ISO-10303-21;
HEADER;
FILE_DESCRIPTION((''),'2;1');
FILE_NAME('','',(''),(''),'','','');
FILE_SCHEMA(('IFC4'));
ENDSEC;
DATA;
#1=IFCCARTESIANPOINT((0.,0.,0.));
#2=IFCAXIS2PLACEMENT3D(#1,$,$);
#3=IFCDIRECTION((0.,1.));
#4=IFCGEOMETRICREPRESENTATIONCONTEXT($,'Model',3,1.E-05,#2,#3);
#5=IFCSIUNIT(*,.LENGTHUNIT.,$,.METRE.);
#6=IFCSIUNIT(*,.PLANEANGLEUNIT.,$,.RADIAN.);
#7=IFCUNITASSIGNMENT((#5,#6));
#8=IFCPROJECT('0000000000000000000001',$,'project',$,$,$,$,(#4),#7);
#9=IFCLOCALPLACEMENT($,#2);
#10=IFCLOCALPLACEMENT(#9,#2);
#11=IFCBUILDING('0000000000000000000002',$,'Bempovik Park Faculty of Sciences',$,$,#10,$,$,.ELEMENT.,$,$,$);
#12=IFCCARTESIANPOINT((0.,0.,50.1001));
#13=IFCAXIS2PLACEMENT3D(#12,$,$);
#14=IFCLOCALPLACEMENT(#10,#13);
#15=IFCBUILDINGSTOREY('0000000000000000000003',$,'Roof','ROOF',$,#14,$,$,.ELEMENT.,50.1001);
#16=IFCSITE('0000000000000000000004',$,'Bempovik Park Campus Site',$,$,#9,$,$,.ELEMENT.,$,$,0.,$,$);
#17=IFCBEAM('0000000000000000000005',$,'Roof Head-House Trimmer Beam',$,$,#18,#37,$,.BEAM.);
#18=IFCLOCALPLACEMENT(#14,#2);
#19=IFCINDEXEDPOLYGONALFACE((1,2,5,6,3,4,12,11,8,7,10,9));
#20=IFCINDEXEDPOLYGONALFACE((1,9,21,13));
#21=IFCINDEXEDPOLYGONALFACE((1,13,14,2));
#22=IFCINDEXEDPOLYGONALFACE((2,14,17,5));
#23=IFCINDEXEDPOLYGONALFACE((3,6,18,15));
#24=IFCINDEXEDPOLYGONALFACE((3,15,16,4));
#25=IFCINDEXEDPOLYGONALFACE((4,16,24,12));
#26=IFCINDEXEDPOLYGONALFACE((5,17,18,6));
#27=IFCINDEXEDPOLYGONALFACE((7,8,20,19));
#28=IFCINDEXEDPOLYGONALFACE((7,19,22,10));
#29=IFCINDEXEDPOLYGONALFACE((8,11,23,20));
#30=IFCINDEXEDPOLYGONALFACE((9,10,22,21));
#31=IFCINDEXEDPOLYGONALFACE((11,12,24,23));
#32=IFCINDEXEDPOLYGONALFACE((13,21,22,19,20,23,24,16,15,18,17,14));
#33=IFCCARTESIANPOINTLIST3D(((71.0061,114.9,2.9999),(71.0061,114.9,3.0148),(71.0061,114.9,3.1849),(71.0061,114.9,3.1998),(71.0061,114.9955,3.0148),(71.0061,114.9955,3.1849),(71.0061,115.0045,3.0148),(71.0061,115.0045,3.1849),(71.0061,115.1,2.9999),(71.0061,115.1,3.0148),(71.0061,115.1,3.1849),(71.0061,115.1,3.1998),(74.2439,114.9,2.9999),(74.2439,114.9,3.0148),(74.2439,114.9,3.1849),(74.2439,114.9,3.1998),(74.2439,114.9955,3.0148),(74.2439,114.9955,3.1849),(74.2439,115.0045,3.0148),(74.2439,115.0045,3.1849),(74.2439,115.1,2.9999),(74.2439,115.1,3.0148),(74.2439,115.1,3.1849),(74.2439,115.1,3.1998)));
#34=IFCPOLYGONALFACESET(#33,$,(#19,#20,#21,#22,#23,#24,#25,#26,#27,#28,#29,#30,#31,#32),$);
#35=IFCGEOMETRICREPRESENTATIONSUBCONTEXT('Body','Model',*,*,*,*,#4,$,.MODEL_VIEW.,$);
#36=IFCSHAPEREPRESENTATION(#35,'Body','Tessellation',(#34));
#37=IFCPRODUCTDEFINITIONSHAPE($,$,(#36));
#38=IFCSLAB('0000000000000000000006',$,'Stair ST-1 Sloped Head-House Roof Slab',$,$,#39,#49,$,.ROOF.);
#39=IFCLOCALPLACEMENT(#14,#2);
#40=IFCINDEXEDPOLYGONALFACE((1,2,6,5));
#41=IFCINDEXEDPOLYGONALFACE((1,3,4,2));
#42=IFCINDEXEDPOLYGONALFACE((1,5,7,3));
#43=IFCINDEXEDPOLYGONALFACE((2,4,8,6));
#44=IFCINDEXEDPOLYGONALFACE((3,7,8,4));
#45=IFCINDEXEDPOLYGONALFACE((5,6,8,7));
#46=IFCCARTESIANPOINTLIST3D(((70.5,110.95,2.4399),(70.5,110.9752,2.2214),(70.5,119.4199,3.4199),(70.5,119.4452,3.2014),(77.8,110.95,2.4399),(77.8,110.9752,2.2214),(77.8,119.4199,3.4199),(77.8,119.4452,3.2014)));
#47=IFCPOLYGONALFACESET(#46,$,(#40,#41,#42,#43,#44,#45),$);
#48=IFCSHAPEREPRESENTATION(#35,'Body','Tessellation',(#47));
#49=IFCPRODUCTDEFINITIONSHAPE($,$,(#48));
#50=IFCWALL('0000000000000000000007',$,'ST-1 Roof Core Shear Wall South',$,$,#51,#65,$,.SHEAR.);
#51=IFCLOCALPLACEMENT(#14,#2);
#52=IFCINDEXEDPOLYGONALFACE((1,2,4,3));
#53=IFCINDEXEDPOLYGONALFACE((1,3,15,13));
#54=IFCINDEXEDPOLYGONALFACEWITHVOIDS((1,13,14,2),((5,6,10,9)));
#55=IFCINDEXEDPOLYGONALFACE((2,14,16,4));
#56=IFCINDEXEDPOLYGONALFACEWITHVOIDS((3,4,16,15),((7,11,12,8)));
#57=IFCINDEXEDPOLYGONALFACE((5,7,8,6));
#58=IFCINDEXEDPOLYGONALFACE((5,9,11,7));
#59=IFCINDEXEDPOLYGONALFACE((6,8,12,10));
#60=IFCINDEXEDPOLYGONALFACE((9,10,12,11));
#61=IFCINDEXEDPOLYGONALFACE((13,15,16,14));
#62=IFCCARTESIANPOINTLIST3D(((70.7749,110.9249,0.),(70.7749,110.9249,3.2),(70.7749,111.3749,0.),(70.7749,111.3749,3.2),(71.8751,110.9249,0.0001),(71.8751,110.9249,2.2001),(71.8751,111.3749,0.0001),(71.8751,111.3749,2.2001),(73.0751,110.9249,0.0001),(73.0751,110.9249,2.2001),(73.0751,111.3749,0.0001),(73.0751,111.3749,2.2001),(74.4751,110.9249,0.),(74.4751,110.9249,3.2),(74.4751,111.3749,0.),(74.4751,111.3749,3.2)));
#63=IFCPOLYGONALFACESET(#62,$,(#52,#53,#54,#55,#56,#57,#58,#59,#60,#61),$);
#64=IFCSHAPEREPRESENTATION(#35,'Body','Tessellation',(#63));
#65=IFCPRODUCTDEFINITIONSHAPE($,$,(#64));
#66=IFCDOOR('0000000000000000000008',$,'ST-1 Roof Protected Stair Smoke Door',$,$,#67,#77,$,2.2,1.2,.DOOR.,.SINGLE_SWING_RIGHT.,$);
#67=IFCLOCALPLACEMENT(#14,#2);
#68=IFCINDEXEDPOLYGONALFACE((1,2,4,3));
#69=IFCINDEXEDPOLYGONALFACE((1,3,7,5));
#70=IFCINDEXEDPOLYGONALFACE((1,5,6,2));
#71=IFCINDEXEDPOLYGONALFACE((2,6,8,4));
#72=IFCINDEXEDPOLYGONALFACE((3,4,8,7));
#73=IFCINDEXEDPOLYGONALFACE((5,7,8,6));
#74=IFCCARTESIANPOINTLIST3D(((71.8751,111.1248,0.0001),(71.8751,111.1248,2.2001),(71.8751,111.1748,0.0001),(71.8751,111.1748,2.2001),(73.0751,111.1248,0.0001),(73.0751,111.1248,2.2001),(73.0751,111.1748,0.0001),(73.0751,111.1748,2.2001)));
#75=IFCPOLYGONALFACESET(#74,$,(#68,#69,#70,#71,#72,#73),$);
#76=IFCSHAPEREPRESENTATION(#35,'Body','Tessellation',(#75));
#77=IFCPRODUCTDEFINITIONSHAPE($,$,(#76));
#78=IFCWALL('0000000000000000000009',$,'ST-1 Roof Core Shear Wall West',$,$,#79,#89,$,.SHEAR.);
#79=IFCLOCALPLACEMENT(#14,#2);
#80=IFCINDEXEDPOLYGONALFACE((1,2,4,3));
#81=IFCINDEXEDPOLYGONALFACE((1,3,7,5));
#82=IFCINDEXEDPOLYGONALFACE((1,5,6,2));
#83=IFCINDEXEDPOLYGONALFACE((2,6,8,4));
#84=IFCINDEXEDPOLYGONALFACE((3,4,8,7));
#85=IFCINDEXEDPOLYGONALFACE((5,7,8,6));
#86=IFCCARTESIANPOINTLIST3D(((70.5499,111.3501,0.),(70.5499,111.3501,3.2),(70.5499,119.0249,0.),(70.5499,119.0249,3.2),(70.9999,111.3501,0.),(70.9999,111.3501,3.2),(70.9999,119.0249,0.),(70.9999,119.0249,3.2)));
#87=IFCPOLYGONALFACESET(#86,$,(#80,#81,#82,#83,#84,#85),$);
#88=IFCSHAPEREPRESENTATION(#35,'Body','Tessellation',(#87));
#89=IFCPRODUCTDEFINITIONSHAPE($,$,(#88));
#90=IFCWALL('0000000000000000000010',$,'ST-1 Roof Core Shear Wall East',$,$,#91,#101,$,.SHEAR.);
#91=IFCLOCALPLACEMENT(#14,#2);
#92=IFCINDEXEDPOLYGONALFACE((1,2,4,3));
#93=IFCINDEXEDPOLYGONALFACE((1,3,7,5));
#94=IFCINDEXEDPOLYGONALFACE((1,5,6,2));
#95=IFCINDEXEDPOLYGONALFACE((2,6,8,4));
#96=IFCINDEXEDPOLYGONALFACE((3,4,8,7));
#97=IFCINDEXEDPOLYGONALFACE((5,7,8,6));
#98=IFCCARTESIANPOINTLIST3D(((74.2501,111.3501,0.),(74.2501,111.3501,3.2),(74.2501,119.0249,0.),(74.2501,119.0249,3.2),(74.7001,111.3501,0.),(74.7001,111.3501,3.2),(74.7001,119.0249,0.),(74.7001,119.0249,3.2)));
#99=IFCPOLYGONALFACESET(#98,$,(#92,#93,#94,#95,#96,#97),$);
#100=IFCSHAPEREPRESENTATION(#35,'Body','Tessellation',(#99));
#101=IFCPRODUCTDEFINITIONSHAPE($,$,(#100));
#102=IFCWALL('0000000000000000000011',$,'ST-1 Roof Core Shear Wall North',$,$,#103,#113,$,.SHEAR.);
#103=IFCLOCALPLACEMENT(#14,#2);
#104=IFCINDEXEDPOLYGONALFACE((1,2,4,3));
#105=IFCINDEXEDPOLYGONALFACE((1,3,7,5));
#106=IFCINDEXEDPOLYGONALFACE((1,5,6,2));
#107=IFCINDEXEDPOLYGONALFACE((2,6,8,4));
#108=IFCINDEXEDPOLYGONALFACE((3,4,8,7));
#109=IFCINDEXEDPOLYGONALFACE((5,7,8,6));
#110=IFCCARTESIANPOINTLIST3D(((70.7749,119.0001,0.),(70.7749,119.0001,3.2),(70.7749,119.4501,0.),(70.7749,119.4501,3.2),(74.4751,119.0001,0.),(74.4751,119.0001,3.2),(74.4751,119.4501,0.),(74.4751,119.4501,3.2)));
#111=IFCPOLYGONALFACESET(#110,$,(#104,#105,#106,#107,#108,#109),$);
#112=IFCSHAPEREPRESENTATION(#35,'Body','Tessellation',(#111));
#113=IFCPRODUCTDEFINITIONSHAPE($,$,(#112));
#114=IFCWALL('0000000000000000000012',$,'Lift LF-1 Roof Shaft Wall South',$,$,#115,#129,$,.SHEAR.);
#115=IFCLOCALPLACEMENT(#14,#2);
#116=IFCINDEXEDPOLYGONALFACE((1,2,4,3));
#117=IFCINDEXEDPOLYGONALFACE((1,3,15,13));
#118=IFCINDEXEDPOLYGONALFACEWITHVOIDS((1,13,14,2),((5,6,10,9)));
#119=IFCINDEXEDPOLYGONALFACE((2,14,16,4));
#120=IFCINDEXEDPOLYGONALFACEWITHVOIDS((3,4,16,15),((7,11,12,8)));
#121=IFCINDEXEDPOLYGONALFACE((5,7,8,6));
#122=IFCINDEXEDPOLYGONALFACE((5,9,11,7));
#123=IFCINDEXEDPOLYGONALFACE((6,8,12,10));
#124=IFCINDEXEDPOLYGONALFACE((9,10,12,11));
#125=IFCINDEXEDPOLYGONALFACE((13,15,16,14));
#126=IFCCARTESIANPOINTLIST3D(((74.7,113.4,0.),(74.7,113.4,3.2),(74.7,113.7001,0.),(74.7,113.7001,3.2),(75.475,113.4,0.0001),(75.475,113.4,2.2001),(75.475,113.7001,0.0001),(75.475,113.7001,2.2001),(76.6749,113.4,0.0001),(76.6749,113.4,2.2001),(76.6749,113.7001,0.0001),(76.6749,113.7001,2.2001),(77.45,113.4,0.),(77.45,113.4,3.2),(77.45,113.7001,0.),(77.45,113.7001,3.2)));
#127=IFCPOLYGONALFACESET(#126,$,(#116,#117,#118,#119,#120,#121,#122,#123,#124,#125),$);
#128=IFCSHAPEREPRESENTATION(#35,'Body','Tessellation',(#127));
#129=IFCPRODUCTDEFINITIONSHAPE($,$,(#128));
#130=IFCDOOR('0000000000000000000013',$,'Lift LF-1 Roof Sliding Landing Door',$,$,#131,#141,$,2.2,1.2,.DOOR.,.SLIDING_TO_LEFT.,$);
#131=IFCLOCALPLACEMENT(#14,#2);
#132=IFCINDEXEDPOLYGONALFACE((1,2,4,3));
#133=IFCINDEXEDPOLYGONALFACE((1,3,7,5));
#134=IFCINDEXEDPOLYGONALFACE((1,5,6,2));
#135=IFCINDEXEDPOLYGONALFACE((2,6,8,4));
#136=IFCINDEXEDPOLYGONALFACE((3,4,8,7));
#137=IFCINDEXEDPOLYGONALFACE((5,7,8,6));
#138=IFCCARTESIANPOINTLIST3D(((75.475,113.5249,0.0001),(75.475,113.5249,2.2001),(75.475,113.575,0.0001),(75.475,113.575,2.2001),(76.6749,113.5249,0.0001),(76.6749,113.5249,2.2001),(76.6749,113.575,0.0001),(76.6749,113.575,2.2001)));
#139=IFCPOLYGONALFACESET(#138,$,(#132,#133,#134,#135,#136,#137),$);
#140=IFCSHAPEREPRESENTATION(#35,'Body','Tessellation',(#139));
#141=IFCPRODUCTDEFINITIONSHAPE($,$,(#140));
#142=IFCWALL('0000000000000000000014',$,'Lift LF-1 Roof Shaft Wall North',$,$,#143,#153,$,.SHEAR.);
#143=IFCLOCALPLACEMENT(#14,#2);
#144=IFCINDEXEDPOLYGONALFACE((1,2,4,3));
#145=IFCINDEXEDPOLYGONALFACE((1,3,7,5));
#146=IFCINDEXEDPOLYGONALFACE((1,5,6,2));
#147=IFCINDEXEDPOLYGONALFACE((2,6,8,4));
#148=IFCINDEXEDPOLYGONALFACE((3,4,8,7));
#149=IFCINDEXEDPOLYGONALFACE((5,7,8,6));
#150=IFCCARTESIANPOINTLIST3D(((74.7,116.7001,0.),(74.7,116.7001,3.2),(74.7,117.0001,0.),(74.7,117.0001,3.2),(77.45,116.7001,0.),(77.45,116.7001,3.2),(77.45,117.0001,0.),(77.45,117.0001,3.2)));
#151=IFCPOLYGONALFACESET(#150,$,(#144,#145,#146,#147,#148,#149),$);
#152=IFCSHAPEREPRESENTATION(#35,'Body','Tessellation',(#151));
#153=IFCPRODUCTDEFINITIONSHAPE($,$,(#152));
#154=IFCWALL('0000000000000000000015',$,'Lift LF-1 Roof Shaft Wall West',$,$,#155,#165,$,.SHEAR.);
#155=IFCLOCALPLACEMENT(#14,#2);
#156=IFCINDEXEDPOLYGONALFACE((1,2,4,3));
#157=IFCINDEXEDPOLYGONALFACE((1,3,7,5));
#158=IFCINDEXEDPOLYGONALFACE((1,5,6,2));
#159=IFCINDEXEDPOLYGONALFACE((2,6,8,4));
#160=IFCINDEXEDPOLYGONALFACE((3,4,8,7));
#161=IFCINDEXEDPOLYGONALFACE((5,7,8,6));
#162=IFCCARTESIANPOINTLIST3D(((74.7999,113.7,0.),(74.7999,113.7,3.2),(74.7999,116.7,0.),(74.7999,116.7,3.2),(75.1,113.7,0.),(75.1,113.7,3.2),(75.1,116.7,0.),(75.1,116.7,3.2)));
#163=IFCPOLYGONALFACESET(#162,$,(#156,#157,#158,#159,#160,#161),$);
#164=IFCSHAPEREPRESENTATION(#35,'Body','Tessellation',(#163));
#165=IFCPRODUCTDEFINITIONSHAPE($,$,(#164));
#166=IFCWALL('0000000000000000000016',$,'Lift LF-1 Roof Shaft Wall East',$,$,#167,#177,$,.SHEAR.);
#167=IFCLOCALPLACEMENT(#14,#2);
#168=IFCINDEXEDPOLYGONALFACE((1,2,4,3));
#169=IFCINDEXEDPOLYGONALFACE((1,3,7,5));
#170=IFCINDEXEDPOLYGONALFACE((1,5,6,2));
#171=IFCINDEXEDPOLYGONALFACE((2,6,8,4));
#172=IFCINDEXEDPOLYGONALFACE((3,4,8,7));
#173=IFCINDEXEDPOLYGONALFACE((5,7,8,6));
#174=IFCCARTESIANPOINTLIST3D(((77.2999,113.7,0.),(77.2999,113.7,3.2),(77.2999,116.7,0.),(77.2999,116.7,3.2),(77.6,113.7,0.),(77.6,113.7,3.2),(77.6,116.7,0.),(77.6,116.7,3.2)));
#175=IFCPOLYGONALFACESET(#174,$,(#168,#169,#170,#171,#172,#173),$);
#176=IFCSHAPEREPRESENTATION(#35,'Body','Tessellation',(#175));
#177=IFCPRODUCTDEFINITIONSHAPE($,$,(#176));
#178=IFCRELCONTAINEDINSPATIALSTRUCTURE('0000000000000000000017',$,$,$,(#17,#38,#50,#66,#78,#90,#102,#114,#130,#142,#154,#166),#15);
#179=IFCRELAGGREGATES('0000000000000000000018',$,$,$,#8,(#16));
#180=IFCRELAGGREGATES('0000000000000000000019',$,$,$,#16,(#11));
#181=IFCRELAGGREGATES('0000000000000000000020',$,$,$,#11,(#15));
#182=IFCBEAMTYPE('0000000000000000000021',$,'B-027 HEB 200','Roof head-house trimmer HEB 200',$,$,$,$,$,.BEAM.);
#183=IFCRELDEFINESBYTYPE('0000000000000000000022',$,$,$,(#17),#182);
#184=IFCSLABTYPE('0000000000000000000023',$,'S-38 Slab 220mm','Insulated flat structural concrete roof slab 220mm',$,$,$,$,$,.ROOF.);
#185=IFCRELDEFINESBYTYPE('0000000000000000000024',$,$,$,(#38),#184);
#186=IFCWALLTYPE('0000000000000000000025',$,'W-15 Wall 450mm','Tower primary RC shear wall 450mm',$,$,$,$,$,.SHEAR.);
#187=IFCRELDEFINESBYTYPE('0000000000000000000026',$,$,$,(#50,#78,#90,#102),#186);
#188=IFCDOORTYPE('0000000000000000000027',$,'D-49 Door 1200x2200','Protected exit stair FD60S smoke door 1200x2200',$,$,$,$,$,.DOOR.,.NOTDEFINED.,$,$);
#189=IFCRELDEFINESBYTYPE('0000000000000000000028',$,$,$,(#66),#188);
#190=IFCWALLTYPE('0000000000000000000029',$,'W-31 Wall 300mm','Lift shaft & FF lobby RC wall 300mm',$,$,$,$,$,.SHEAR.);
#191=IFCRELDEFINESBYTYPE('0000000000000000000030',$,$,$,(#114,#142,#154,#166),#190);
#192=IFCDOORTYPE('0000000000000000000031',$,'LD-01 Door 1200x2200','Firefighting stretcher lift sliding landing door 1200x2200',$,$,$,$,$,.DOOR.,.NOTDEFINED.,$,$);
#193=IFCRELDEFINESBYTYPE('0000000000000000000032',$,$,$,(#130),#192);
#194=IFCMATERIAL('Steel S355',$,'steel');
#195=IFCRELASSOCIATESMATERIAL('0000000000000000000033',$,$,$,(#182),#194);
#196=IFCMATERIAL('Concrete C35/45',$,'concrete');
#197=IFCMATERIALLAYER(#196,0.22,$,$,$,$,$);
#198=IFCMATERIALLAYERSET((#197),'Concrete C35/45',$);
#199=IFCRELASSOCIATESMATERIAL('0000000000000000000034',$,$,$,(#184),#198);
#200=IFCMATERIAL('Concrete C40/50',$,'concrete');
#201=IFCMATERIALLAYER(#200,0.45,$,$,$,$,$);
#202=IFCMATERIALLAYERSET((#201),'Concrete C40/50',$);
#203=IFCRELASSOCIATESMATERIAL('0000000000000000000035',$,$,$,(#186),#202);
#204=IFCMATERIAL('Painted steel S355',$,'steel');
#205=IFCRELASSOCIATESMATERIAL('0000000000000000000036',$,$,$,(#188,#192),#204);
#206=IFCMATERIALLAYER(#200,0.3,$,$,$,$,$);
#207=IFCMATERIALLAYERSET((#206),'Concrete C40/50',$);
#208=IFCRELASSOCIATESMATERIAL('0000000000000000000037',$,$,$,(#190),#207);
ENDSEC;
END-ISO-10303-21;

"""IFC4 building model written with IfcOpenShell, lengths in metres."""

from ifc_helpers import new_model, si_unit, direction, frame, frame_2d, origin, origin_2d, place, context, subcontext, project, spatial, polyline, rectangle, i_section, outline, extrude, material, layer, layer_set, material_profile, profile_set, type_object, element, fill, save


model = new_model("IFC4")

# Units and contexts
model_context = context("Model", 3, precision=1e-05, world=origin(), true_north=direction((0.0, 1.0)))
body_context = subcontext(model_context, "Body", "Model", "MODEL_VIEW")
ifc_project = project(units=[si_unit("LENGTHUNIT", "METRE"), si_unit("PLANEANGLEUNIT", "RADIAN")], contexts=[model_context])

# Site, building, storey
site_placement = place(None, origin())
site = spatial("IfcSite", under=ifc_project, at=site_placement, Name="Bempovik Park Campus Site", CompositionType="ELEMENT", RefElevation=0.0)
building_placement = place(site_placement, origin())
building = spatial("IfcBuilding", under=site, at=building_placement, Name="Bempovik Park Faculty of Sciences", CompositionType="ELEMENT")
storey_placement = place(building_placement, frame((0.0, 0.0, 50.1001)))
storey = spatial("IfcBuildingStorey", under=building, at=storey_placement, Name="Roof", Description="ROOF", CompositionType="ELEMENT", Elevation=50.1001)

# Beam
ifc_material_1 = material(Name="Steel S355", Category="steel")
ifc_material_profile = material_profile(ifc_material_1, i_section(OverallWidth=0.2, OverallDepth=0.2, WebThickness=0.009, FlangeThickness=0.0149, at=origin_2d()), Name="HEB 200")
ifc_profile_set = profile_set([ifc_material_profile], Name="Steel S355")
beam_type = type_object("IfcBeamType", Name="B-027 HEB 200", Description="Roof head-house trimmer HEB 200", PredefinedType="BEAM", material=ifc_profile_set)
beam_placement = place(storey_placement, frame((71.0061, 115.0, 3.0999), z_axis=(1.0, 0.0, 0.0), x_axis=(0.0, 1.0, 0.0)))
element("IfcBeam", 1, at=beam_placement, inside=storey, type_object=beam_type, Name="Roof Head-House Trimmer Beam", PredefinedType="BEAM", context=body_context, shape_type="SweptSolid", body=[
    extrude(i_section(OverallWidth=0.2, OverallDepth=0.2, WebThickness=0.009, FlangeThickness=0.0149, at=origin_2d()), origin(), (0.0, 0.0, 1.0), 3.2378),
])

# Slab
ifc_material_2 = material(Name="Concrete C35/45", Category="concrete")
ifc_layer_1 = layer(ifc_material_2, 0.22)
ifc_layer_set_1 = layer_set([ifc_layer_1], Name="Concrete C35/45")
slab_type = type_object("IfcSlabType", Name="S-38 Slab 220mm", Description="Insulated flat structural concrete roof slab 220mm", PredefinedType="ROOF", material=ifc_layer_set_1)
slab_placement = place(storey_placement, frame((70.5, 110.95, 2.4399), z_axis=(0.0, -0.114934, 0.993373), x_axis=(1.0, 0.0, 0.0)))
element("IfcSlab", 2, at=slab_placement, inside=storey, type_object=slab_type, Name="Stair ST-1 Sloped Head-House Roof Slab", PredefinedType="ROOF", context=body_context, shape_type="SweptSolid", body=[
    extrude(outline(polyline([(0.0, 0.0), (7.3, 0.0), (7.3, 8.5265), (0.0, 8.5265), (0.0, 0.0)])), origin(), (0.0, 0.0, -1.0), 0.22),
])

# Wall, opening, door
ifc_material_3 = material(Name="Concrete C40/50", Category="concrete")
ifc_layer_2 = layer(ifc_material_3, 0.45)
ifc_layer_set_2 = layer_set([ifc_layer_2], Name="Concrete C40/50")
wall_type_1 = type_object("IfcWallType", Name="W-15 Wall 450mm", Description="Tower primary RC shear wall 450mm", PredefinedType="SHEAR", material=ifc_layer_set_2)
wall_1_placement = place(storey_placement, frame((70.7749, 111.1499, 0.0), z_axis=(0.0, 0.0, 1.0), x_axis=(1.0, 0.0, 0.0)))
wall_1 = element("IfcWall", 3, at=wall_1_placement, inside=storey, type_object=wall_type_1, Name="ST-1 Roof Core Shear Wall South", PredefinedType="SHEAR", context=body_context, shape_type="SweptSolid", body=[
    extrude(rectangle(XDim=3.7002, YDim=0.45, at=frame_2d((1.8501, 0.0))), origin(), (0.0, 0.0, 1.0), 3.2),
])
opening_1_placement = place(wall_1_placement, frame((1.1001, 0.0, 0.0)))
opening_1 = element("IfcOpeningElement", 4, at=opening_1_placement, cuts=wall_1, PredefinedType="OPENING", context=body_context, shape_type="SweptSolid", body=[
    extrude(rectangle(XDim=1.2, YDim=2.2, at=frame_2d((0.6001, 1.1001))), frame((0.0, 0.2349, 0.0), z_axis=(0.0, -1.0, 0.0), x_axis=(1.0, 0.0, 0.0)), (0.0, 0.0, 1.0), 0.47),
])
ifc_material_4 = material(Name="Painted steel S355", Category="steel")
door_type_1 = type_object("IfcDoorType", Name="D-49 Door 1200x2200", Description="Protected exit stair FD60S smoke door 1200x2200", OperationType="NOTDEFINED", PredefinedType="DOOR", material=ifc_material_4)
door_1_placement = place(opening_1_placement, origin())
door_1 = element("IfcDoor", 5, at=door_1_placement, inside=storey, type_object=door_type_1, Name="ST-1 Roof Protected Stair Smoke Door", OperationType="SINGLE_SWING_RIGHT", OverallHeight=2.2, OverallWidth=1.2, PredefinedType="DOOR", context=body_context, shape_type="SweptSolid", body=[
    extrude(rectangle(XDim=1.2, YDim=2.2, at=frame_2d((0.6001, 1.1001))), frame((0.0, 0.0249, 0.0), z_axis=(0.0, -1.0, 0.0), x_axis=(1.0, 0.0, 0.0)), (0.0, 0.0, 1.0), 0.05),
])
fill(opening_1, door_1)

# Walls
for number, where, z_axis, x_axis, name in (
    (6, (70.7749, 111.3501, 0.0), (0.0, 0.0, 1.0), (0.0, 1.0, 0.0), "ST-1 Roof Core Shear Wall West"),
    (7, (74.4751, 111.3501, 0.0), (0.0, 0.0, 1.0), (0.0, 1.0, 0.0), "ST-1 Roof Core Shear Wall East"),
):
    element("IfcWall", number, at=place(storey_placement, frame(where, z_axis=z_axis, x_axis=x_axis)), inside=storey, type_object=wall_type_1, Name=name, PredefinedType="SHEAR", context=body_context, shape_type="SweptSolid", body=[
        extrude(rectangle(XDim=7.6748, YDim=0.45, at=frame_2d((3.8374, 0.0))), origin(), (0.0, 0.0, 1.0), 3.2),
    ])
wall_2_placement = place(storey_placement, frame((70.7749, 119.2251, 0.0), z_axis=(0.0, 0.0, 1.0), x_axis=(1.0, 0.0, 0.0)))
element("IfcWall", 8, at=wall_2_placement, inside=storey, type_object=wall_type_1, Name="ST-1 Roof Core Shear Wall North", PredefinedType="SHEAR", context=body_context, shape_type="SweptSolid", body=[
    extrude(rectangle(XDim=3.7002, YDim=0.45, at=frame_2d((1.8501, 0.0))), origin(), (0.0, 0.0, 1.0), 3.2),
])

# Wall, opening, door
ifc_layer_3 = layer(ifc_material_3, 0.3)
ifc_layer_set_3 = layer_set([ifc_layer_3], Name="Concrete C40/50")
wall_type_2 = type_object("IfcWallType", Name="W-31 Wall 300mm", Description="Lift shaft & FF lobby RC wall 300mm", PredefinedType="SHEAR", material=ifc_layer_set_3)
wall_3_placement = place(storey_placement, frame((74.7, 113.55, 0.0), z_axis=(0.0, 0.0, 1.0), x_axis=(1.0, 0.0, 0.0)))
wall_3 = element("IfcWall", 9, at=wall_3_placement, inside=storey, type_object=wall_type_2, Name="Lift LF-1 Roof Shaft Wall South", PredefinedType="SHEAR", context=body_context, shape_type="SweptSolid", body=[
    extrude(rectangle(XDim=2.75, YDim=0.3, at=frame_2d((1.375, 0.0))), origin(), (0.0, 0.0, 1.0), 3.2),
])
opening_2_placement = place(wall_3_placement, frame((0.7749, 0.0, 0.0)))
opening_2 = element("IfcOpeningElement", 10, at=opening_2_placement, cuts=wall_3, PredefinedType="OPENING", context=body_context, shape_type="SweptSolid", body=[
    extrude(rectangle(XDim=1.2, YDim=2.2, at=frame_2d((0.6001, 1.1001))), frame((0.0, 0.1602, 0.0), z_axis=(0.0, -1.0, 0.0), x_axis=(1.0, 0.0, 0.0)), (0.0, 0.0, 1.0), 0.3201),
])
door_type_2 = type_object("IfcDoorType", Name="LD-01 Door 1200x2200", Description="Firefighting stretcher lift sliding landing door 1200x2200", OperationType="NOTDEFINED", PredefinedType="DOOR", material=ifc_material_4)
door_2_placement = place(opening_2_placement, origin())
door_2 = element("IfcDoor", 11, at=door_2_placement, inside=storey, type_object=door_type_2, Name="Lift LF-1 Roof Sliding Landing Door", OperationType="SLIDING_TO_LEFT", OverallHeight=2.2, OverallWidth=1.2, PredefinedType="DOOR", context=body_context, shape_type="SweptSolid", body=[
    extrude(rectangle(XDim=1.2, YDim=2.2, at=frame_2d((0.6001, 1.1001))), frame((0.0, 0.0249, 0.0), z_axis=(0.0, -1.0, 0.0), x_axis=(1.0, 0.0, 0.0)), (0.0, 0.0, 1.0), 0.05),
])
fill(opening_2, door_2)

# Walls
wall_4_placement = place(storey_placement, frame((74.7, 116.8501, 0.0), z_axis=(0.0, 0.0, 1.0), x_axis=(1.0, 0.0, 0.0)))
element("IfcWall", 12, at=wall_4_placement, inside=storey, type_object=wall_type_2, Name="Lift LF-1 Roof Shaft Wall North", PredefinedType="SHEAR", context=body_context, shape_type="SweptSolid", body=[
    extrude(rectangle(XDim=2.75, YDim=0.3, at=frame_2d((1.375, 0.0))), origin(), (0.0, 0.0, 1.0), 3.2),
])
for number, where, z_axis, x_axis, name in (
    (13, (74.95, 113.7, 0.0), (0.0, 0.0, 1.0), (0.0, 1.0, 0.0), "Lift LF-1 Roof Shaft Wall West"),
    (14, (77.45, 113.7, 0.0), (0.0, 0.0, 1.0), (0.0, 1.0, 0.0), "Lift LF-1 Roof Shaft Wall East"),
):
    element("IfcWall", number, at=place(storey_placement, frame(where, z_axis=z_axis, x_axis=x_axis)), inside=storey, type_object=wall_type_2, Name=name, PredefinedType="SHEAR", context=body_context, shape_type="SweptSolid", body=[
        extrude(rectangle(XDim=3.0, YDim=0.3, at=frame_2d((1.5, 0.0))), origin(), (0.0, 0.0, 1.0), 3.2),
    ])

save(model, "model.ifc")
